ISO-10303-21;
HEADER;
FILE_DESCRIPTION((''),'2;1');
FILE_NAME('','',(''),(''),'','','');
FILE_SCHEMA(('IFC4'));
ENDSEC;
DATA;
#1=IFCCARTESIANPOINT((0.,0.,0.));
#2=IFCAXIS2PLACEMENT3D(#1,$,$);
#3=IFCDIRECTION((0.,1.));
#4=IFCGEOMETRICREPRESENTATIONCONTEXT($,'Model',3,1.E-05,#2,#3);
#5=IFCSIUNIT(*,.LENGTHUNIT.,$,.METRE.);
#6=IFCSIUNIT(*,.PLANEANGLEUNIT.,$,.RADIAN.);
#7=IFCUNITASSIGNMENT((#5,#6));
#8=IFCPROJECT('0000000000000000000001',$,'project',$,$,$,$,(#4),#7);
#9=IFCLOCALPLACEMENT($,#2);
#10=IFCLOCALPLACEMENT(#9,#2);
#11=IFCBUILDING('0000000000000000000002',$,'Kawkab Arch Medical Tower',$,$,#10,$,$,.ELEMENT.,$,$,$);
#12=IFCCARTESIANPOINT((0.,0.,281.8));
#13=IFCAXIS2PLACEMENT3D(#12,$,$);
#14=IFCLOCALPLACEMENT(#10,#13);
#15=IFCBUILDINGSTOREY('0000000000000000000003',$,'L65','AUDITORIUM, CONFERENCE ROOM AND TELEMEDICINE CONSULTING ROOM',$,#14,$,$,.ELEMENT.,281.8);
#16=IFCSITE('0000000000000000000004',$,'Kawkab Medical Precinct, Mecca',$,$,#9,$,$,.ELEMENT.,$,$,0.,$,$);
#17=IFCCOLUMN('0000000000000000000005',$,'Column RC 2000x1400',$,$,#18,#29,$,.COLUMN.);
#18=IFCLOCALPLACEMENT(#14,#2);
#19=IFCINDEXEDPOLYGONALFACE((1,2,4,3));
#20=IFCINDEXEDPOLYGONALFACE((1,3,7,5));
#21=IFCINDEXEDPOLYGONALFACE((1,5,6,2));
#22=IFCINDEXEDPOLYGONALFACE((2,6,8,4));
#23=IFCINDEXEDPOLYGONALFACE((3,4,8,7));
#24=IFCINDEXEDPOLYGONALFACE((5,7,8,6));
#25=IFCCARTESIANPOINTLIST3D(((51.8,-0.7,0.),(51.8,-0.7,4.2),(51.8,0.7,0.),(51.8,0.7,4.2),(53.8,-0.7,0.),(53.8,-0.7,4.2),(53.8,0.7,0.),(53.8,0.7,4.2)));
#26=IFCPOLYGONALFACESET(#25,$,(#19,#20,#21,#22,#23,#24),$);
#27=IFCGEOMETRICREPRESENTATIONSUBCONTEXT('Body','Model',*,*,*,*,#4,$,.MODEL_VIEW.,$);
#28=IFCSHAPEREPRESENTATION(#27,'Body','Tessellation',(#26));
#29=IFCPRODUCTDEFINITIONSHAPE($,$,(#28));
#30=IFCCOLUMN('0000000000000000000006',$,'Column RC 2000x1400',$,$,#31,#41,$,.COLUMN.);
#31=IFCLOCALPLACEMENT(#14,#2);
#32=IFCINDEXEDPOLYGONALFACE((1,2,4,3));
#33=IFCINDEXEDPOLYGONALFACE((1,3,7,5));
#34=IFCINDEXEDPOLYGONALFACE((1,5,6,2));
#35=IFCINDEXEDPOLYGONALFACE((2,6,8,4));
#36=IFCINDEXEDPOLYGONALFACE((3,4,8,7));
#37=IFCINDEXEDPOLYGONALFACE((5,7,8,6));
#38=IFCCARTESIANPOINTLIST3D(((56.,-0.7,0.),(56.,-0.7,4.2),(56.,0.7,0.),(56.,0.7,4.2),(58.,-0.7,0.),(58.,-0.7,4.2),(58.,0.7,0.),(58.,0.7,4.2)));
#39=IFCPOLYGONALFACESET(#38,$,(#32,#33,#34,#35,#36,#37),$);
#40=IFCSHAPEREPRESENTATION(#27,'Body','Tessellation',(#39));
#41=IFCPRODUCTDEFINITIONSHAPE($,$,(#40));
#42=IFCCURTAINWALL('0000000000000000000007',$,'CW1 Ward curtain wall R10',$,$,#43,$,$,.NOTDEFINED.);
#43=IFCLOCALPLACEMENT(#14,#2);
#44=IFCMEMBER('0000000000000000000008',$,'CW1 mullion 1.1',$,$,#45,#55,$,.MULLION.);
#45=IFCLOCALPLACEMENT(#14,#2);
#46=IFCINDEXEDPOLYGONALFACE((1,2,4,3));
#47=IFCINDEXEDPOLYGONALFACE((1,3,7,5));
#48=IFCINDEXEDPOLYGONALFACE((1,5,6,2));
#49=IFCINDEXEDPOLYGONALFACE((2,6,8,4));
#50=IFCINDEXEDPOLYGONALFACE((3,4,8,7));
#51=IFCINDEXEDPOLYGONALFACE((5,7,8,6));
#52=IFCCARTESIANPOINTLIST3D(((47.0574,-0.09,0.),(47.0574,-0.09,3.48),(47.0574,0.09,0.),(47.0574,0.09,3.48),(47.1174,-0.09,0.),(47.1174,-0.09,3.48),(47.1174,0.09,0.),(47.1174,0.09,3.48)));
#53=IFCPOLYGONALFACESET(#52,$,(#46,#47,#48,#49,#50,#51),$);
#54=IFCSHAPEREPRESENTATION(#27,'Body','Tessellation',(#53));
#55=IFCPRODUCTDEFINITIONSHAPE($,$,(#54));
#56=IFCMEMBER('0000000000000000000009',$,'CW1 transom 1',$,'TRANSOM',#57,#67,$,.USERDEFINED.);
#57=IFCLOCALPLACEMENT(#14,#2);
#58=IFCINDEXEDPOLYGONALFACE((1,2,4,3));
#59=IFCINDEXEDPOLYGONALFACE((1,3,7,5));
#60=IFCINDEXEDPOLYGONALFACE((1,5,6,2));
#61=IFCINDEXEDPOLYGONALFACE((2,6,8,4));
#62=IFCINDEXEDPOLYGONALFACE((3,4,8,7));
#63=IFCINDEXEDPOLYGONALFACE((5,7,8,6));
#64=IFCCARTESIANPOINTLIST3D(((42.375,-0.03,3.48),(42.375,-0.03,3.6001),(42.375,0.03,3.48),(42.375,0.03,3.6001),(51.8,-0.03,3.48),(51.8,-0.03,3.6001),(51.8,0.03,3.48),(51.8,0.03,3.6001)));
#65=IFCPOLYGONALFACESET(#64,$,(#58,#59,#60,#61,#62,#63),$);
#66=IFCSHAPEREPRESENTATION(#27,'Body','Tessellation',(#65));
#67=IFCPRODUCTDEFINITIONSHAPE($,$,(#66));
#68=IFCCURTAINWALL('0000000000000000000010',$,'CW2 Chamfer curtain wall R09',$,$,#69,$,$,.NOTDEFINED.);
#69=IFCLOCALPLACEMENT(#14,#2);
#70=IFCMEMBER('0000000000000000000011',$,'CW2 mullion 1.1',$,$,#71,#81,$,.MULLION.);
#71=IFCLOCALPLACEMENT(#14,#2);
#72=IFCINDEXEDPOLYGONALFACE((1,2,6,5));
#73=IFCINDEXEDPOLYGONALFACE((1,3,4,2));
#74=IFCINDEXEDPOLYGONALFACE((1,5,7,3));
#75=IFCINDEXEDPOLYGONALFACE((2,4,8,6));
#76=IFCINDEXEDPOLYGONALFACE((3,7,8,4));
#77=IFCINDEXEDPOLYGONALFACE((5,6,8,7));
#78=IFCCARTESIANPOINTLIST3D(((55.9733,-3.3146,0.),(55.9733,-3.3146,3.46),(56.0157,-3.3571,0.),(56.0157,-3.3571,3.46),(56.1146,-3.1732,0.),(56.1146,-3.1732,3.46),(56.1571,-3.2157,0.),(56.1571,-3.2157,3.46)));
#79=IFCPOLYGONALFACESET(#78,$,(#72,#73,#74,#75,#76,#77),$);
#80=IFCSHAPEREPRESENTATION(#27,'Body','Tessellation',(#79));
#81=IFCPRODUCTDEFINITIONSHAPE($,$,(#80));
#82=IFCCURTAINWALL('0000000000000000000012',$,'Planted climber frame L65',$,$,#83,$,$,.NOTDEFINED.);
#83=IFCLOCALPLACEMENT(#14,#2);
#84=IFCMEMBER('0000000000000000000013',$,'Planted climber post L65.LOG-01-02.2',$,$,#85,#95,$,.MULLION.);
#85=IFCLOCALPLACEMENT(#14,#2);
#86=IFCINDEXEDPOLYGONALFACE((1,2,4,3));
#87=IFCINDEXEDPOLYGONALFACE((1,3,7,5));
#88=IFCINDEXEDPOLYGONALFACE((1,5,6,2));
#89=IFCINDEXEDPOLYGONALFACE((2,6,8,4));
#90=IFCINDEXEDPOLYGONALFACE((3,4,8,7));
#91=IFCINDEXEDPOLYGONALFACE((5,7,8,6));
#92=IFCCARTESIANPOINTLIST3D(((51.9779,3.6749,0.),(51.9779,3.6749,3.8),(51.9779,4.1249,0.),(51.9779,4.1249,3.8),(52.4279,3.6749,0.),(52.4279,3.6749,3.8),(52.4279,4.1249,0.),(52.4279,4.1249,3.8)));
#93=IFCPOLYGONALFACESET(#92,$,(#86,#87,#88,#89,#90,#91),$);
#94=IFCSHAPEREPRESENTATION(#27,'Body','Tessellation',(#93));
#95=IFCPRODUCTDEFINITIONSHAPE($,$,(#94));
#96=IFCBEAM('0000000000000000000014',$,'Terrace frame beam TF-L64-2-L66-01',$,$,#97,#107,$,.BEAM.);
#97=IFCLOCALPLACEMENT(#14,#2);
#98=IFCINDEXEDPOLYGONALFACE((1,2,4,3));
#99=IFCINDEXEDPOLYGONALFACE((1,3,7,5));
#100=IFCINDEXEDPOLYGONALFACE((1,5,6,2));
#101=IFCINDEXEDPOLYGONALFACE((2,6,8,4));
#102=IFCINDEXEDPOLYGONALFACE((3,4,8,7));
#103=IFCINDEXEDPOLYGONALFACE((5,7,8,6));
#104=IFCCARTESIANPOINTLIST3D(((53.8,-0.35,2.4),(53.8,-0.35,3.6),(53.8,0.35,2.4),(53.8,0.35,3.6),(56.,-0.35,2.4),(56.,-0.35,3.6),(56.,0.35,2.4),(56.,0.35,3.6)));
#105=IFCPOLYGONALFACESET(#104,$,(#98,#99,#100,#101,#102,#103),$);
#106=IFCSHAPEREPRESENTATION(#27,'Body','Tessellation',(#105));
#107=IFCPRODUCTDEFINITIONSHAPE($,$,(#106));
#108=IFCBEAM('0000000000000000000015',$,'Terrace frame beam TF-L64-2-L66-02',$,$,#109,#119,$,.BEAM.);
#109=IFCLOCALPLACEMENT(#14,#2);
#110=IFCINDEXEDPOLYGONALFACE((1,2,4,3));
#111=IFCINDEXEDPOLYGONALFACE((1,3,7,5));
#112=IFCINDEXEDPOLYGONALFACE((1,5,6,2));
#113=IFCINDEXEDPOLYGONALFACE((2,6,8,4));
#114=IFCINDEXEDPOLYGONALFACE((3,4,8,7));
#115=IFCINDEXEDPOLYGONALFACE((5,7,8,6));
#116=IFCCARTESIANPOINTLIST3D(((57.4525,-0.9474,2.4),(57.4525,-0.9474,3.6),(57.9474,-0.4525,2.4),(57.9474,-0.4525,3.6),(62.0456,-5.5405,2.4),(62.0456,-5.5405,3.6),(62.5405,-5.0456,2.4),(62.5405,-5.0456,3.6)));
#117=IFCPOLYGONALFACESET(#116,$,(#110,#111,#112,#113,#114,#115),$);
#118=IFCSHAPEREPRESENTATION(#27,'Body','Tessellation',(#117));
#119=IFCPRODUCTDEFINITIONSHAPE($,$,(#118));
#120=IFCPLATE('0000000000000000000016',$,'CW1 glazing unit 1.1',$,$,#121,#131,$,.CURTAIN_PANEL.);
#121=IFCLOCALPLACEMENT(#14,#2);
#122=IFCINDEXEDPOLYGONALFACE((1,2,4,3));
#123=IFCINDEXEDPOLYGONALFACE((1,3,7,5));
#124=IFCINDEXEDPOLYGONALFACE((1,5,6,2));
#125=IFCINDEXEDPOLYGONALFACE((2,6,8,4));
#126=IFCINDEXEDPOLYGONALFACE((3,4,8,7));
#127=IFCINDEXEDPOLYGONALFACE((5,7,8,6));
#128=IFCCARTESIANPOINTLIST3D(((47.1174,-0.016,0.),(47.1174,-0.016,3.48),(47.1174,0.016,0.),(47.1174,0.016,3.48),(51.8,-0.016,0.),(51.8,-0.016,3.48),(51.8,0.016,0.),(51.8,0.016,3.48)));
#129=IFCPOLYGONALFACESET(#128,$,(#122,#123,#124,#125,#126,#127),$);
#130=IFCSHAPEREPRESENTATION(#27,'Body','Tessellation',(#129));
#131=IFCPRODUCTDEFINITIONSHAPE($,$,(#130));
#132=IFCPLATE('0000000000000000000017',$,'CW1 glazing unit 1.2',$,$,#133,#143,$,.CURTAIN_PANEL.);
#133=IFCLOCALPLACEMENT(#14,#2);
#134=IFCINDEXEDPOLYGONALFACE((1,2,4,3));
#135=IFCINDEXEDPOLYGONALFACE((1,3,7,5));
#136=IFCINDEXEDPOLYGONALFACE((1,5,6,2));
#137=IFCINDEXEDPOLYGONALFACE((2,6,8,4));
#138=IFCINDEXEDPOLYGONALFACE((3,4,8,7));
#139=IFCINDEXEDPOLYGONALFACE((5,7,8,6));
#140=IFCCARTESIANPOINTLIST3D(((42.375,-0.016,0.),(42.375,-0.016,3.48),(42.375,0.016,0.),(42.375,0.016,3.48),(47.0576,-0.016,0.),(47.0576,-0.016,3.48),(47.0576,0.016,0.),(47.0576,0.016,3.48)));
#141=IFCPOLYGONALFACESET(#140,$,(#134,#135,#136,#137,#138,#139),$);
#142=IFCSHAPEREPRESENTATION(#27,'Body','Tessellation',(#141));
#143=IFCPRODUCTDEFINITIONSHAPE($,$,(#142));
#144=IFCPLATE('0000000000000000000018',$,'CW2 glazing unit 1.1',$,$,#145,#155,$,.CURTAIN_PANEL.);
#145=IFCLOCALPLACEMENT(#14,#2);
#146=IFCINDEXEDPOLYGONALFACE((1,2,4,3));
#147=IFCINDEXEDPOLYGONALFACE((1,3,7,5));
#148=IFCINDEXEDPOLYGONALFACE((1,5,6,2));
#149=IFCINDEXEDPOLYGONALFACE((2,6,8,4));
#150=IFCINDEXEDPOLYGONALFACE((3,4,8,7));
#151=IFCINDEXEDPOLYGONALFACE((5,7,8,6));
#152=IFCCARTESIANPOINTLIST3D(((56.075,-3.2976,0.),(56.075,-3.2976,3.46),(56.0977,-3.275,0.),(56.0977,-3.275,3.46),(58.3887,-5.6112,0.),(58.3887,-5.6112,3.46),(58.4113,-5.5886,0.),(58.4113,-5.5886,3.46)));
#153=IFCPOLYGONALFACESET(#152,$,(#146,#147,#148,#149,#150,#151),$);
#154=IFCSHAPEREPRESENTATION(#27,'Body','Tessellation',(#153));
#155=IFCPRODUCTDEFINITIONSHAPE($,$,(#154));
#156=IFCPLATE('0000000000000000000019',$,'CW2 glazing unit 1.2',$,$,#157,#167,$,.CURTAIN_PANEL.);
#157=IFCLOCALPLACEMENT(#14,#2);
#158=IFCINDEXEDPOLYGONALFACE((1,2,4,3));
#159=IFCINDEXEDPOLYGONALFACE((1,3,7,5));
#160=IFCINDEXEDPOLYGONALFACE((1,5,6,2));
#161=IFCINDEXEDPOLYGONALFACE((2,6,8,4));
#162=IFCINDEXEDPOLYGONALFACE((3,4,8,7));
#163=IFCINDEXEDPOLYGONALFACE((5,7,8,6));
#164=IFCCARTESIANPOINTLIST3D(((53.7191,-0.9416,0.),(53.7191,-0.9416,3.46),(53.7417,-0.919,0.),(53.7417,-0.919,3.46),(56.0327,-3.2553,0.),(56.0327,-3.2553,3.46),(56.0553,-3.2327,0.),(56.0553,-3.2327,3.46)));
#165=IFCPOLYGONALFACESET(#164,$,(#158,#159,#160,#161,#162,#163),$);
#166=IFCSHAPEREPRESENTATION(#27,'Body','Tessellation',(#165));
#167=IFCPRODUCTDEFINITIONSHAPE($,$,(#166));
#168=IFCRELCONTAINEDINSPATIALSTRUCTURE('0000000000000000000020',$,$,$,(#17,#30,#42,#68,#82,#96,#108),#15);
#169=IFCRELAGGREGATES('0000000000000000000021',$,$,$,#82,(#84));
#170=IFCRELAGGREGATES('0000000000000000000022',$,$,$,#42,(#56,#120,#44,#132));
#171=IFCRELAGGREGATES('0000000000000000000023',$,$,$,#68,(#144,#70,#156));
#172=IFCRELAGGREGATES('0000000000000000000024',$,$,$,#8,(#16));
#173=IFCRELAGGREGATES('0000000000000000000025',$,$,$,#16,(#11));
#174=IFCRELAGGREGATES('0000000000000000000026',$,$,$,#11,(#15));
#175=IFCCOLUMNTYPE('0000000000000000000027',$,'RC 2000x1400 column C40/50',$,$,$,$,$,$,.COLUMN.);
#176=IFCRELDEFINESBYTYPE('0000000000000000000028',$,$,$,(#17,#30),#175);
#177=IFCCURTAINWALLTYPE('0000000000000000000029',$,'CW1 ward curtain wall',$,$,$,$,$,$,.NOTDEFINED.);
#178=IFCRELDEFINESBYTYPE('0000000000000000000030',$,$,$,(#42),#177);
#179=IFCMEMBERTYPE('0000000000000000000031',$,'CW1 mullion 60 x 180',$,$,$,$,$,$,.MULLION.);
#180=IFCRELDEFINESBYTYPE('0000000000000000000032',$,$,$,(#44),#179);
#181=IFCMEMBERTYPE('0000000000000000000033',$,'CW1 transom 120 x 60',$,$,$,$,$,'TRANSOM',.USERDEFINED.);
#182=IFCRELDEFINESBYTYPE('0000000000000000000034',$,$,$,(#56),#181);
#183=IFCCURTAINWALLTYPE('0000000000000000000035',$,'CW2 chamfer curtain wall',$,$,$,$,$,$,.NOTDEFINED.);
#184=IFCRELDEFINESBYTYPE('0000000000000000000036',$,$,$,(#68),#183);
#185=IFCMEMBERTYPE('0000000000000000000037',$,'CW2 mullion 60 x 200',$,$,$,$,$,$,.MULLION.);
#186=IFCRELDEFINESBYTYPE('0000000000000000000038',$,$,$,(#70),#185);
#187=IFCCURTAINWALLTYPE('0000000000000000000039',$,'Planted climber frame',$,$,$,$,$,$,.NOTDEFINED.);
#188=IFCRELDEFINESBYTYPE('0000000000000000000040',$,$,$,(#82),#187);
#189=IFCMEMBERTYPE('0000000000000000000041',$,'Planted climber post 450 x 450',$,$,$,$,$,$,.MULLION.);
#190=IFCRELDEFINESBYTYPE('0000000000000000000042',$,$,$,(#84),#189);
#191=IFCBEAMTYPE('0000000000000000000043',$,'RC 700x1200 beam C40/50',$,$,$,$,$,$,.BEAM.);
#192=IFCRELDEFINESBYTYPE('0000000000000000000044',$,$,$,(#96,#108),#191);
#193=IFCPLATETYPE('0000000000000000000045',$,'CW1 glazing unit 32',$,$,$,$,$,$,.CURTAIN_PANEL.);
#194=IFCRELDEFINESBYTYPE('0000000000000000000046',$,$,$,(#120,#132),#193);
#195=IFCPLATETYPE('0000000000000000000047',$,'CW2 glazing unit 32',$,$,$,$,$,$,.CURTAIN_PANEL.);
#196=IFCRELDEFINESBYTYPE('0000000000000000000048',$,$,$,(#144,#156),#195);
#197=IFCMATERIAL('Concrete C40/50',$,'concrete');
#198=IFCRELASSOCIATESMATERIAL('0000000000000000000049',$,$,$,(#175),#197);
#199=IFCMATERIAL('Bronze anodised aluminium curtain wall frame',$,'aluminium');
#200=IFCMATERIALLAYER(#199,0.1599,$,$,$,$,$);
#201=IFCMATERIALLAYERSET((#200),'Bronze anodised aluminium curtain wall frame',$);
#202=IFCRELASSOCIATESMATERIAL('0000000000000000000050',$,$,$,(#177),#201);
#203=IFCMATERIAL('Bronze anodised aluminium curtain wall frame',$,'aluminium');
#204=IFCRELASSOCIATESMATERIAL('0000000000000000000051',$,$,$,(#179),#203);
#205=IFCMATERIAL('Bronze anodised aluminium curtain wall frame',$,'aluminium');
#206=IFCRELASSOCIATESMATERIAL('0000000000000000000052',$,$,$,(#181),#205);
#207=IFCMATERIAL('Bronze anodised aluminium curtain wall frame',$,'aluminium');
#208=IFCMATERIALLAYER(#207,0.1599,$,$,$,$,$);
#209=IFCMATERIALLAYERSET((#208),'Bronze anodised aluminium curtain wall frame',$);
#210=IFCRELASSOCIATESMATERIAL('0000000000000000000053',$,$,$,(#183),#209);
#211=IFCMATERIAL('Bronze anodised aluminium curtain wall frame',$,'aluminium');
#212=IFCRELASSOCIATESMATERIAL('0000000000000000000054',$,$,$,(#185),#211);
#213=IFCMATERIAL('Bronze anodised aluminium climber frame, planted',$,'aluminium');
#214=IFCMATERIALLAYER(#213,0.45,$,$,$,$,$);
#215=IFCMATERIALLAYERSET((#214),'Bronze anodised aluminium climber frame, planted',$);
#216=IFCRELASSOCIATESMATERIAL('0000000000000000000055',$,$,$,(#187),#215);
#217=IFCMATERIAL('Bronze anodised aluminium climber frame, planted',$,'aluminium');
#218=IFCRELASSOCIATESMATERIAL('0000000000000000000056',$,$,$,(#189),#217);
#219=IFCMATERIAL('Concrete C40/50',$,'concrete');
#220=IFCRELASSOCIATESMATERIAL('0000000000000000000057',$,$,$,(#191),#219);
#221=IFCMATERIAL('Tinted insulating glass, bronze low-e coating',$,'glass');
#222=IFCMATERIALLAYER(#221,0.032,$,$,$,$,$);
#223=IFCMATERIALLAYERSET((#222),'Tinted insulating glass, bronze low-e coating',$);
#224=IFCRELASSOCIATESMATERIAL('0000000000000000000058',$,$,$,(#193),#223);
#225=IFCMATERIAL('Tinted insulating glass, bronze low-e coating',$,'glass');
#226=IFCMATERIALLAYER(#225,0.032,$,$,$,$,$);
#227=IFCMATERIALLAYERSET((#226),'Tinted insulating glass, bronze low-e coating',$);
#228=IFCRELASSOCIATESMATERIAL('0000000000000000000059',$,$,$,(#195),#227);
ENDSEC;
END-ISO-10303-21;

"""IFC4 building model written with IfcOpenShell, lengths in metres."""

from ifc_helpers import new_model, si_unit, direction, frame, origin, origin_2d, place, context, subcontext, project, spatial, rectangle, extrude, material, layer, layer_set, material_profile, profile_set, type_object, element, aggregate, save


model = new_model("IFC4")

# Units and contexts
model_context = context("Model", 3, precision=1e-05, world=origin(), true_north=direction((0.0, 1.0)))
body_context = subcontext(model_context, "Body", "Model", "MODEL_VIEW")
ifc_project = project(units=[si_unit("LENGTHUNIT", "METRE"), si_unit("PLANEANGLEUNIT", "RADIAN")], contexts=[model_context])

# Site, building, storey
site_placement = place(None, origin())
site = spatial("IfcSite", under=ifc_project, at=site_placement, Name="Kawkab Medical Precinct, Mecca", CompositionType="ELEMENT", RefElevation=0.0)
building_placement = place(site_placement, origin())
building = spatial("IfcBuilding", under=site, at=building_placement, Name="Kawkab Arch Medical Tower", CompositionType="ELEMENT")
storey_placement = place(building_placement, frame((0.0, 0.0, 281.8)))
storey = spatial("IfcBuildingStorey", under=building, at=storey_placement, Name="L65", Description="AUDITORIUM, CONFERENCE ROOM AND TELEMEDICINE CONSULTING ROOM", CompositionType="ELEMENT", Elevation=281.8)

# Columns
ifc_material_1 = material(Name="Concrete C40/50", Category="concrete")
ifc_material_profile_1 = material_profile(ifc_material_1, rectangle(XDim=2.0, YDim=1.3999, at=origin_2d()), Name="RC 2000x1400")
ifc_profile_set_1 = profile_set([ifc_material_profile_1], Name="Concrete C40/50")
column_type = type_object("IfcColumnType", Name="RC 2000x1400 column C40/50", PredefinedType="COLUMN", material=ifc_profile_set_1)
for number, where, z_axis, x_axis, name in (
    (1, (52.8, 0.0, 0.0), (0.0, 0.0, 1.0), (1.0, 0.0, 0.0), "Column RC 2000x1400"),
    (2, (57.0, 0.0, 0.0), (0.0, 0.0, 1.0), (1.0, 0.0, 0.0), "Column RC 2000x1400"),
):
    element("IfcColumn", number, at=place(storey_placement, frame(where, z_axis=z_axis, x_axis=x_axis)), inside=storey, type_object=column_type, Name=name, PredefinedType="COLUMN", context=body_context, shape_type="SweptSolid", body=[
        extrude(rectangle(XDim=2.0, YDim=1.3999, at=origin_2d()), origin(), (0.0, 0.0, 1.0), 4.2),
    ])

# Curtain wall, members
ifc_material_2 = material(Name="Bronze anodised aluminium curtain wall frame", Category="aluminium")
ifc_layer_1 = layer(ifc_material_2, 0.1599)
ifc_layer_set_1 = layer_set([ifc_layer_1], Name="Bronze anodised aluminium curtain wall frame")
curtain_wall_type_1 = type_object("IfcCurtainWallType", Name="CW1 ward curtain wall", PredefinedType="NOTDEFINED", material=ifc_layer_set_1)
placement = place(storey_placement, origin())
curtain_wall_1 = element("IfcCurtainWall", 3, at=placement, inside=storey, type_object=curtain_wall_type_1, Name="CW1 Ward curtain wall R10", PredefinedType="NOTDEFINED")
ifc_material_3 = material(Name="Bronze anodised aluminium curtain wall frame", Category="aluminium")
ifc_material_profile_2 = material_profile(ifc_material_3, rectangle(XDim=0.1799, YDim=0.0601, at=origin_2d()), Name="AL 60x180")
ifc_profile_set_2 = profile_set([ifc_material_profile_2], Name="Bronze anodised aluminium curtain wall frame")
member_type_1 = type_object("IfcMemberType", Name="CW1 mullion 60 x 180", PredefinedType="MULLION", material=ifc_profile_set_2)
member_1_placement = place(storey_placement, frame((47.0874, 0.0, 0.0), z_axis=(0.0, 0.0, 1.0), x_axis=(0.0, -1.0, 0.0)))
member_1 = element("IfcMember", 4, at=member_1_placement, type_object=member_type_1, Name="CW1 mullion 1.1", PredefinedType="MULLION", context=body_context, shape_type="SweptSolid", body=[
    extrude(rectangle(XDim=0.1799, YDim=0.0601, at=origin_2d()), origin(), (0.0, 0.0, 1.0), 3.48),
])
ifc_material_4 = material(Name="Bronze anodised aluminium curtain wall frame", Category="aluminium")
ifc_material_profile_3 = material_profile(ifc_material_4, rectangle(XDim=0.0601, YDim=0.1201, at=origin_2d()), Name="AL 60x120")
ifc_profile_set_3 = profile_set([ifc_material_profile_3], Name="Bronze anodised aluminium curtain wall frame")
member_type_2 = type_object("IfcMemberType", Name="CW1 transom 120 x 60", ElementType="TRANSOM", PredefinedType="USERDEFINED", material=ifc_profile_set_3)
member_2_placement = place(storey_placement, frame((51.8, 0.0, 3.54), z_axis=(-1.0, 0.0, 0.0), x_axis=(0.0, -1.0, 0.0)))
member_2 = element("IfcMember", 5, at=member_2_placement, type_object=member_type_2, Name="CW1 transom 1", ObjectType="TRANSOM", PredefinedType="USERDEFINED", context=body_context, shape_type="SweptSolid", body=[
    extrude(rectangle(XDim=0.0601, YDim=0.1201, at=origin_2d()), origin(), (0.0, 0.0, 1.0), 9.425),
])

# Curtain walls, members
ifc_material_5 = material(Name="Bronze anodised aluminium curtain wall frame", Category="aluminium")
ifc_layer_2 = layer(ifc_material_5, 0.1599)
ifc_layer_set_2 = layer_set([ifc_layer_2], Name="Bronze anodised aluminium curtain wall frame")
curtain_wall_type_2 = type_object("IfcCurtainWallType", Name="CW2 chamfer curtain wall", PredefinedType="NOTDEFINED", material=ifc_layer_set_2)
curtain_wall_2 = element("IfcCurtainWall", 6, at=placement, inside=storey, type_object=curtain_wall_type_2, Name="CW2 Chamfer curtain wall R09", PredefinedType="NOTDEFINED")
ifc_material_6 = material(Name="Bronze anodised aluminium curtain wall frame", Category="aluminium")
ifc_material_profile_4 = material_profile(ifc_material_6, rectangle(XDim=0.2, YDim=0.0601, at=origin_2d()), Name="AL 60x200")
ifc_profile_set_4 = profile_set([ifc_material_profile_4], Name="Bronze anodised aluminium curtain wall frame")
member_type_3 = type_object("IfcMemberType", Name="CW2 mullion 60 x 200", PredefinedType="MULLION", material=ifc_profile_set_4)
member_3_placement = place(storey_placement, frame((56.0652, -3.2651, 0.0), z_axis=(0.0, 0.0, 1.0), x_axis=(-0.707107, -0.707107, 0.0)))
member_3 = element("IfcMember", 7, at=member_3_placement, type_object=member_type_3, Name="CW2 mullion 1.1", PredefinedType="MULLION", context=body_context, shape_type="SweptSolid", body=[
    extrude(rectangle(XDim=0.2, YDim=0.0601, at=origin_2d()), origin(), (0.0, 0.0, 1.0), 3.46),
])
ifc_material_7 = material(Name="Bronze anodised aluminium climber frame, planted", Category="aluminium")
ifc_layer_3 = layer(ifc_material_7, 0.45)
ifc_layer_set_3 = layer_set([ifc_layer_3], Name="Bronze anodised aluminium climber frame, planted")
curtain_wall_type_3 = type_object("IfcCurtainWallType", Name="Planted climber frame", PredefinedType="NOTDEFINED", material=ifc_layer_set_3)
curtain_wall_3 = element("IfcCurtainWall", 8, at=placement, inside=storey, type_object=curtain_wall_type_3, Name="Planted climber frame L65", PredefinedType="NOTDEFINED")
ifc_material_8 = material(Name="Bronze anodised aluminium climber frame, planted", Category="aluminium")
ifc_material_profile_5 = material_profile(ifc_material_8, rectangle(XDim=0.45, YDim=0.45, at=origin_2d()), Name="Post 450x450")
ifc_profile_set_5 = profile_set([ifc_material_profile_5], Name="Bronze anodised aluminium climber frame, planted")
member_type_4 = type_object("IfcMemberType", Name="Planted climber post 450 x 450", PredefinedType="MULLION", material=ifc_profile_set_5)
member_4_placement = place(storey_placement, frame((52.2029, 3.8999, 0.0), z_axis=(0.0, 0.0, 1.0), x_axis=(1.0, 0.0, 0.0)))
member_4 = element("IfcMember", 9, at=member_4_placement, type_object=member_type_4, Name="Planted climber post L65.LOG-01-02.2", PredefinedType="MULLION", context=body_context, shape_type="SweptSolid", body=[
    extrude(rectangle(XDim=0.45, YDim=0.45, at=origin_2d()), origin(), (0.0, 0.0, 1.0), 3.8),
])
aggregate(curtain_wall_3, [member_4])

# Beams
ifc_material_9 = material(Name="Concrete C40/50", Category="concrete")
ifc_material_profile_6 = material_profile(ifc_material_9, rectangle(XDim=0.7, YDim=1.2, at=origin_2d()), Name="RC 700x1200")
ifc_profile_set_6 = profile_set([ifc_material_profile_6], Name="Concrete C40/50")
beam_type = type_object("IfcBeamType", Name="RC 700x1200 beam C40/50", PredefinedType="BEAM", material=ifc_profile_set_6)
beam_1_placement = place(storey_placement, frame((53.8, 0.0, 3.0), z_axis=(1.0, 0.0, 0.0), x_axis=(0.0, 1.0, 0.0)))
element("IfcBeam", 10, at=beam_1_placement, inside=storey, type_object=beam_type, Name="Terrace frame beam TF-L64-2-L66-01", PredefinedType="BEAM", context=body_context, shape_type="SweptSolid", body=[
    extrude(rectangle(XDim=0.7, YDim=1.2, at=origin_2d()), origin(), (0.0, 0.0, 1.0), 2.2),
])
beam_2_placement = place(storey_placement, frame((57.7, -0.7, 3.0), z_axis=(0.707107, -0.707107, 0.0), x_axis=(0.707107, 0.707107, 0.0)))
element("IfcBeam", 11, at=beam_2_placement, inside=storey, type_object=beam_type, Name="Terrace frame beam TF-L64-2-L66-02", PredefinedType="BEAM", context=body_context, shape_type="SweptSolid", body=[
    extrude(rectangle(XDim=0.7, YDim=1.2, at=origin_2d()), origin(), (0.0, 0.0, 1.0), 6.4956),
])

# Plates
ifc_material_10 = material(Name="Tinted insulating glass, bronze low-e coating", Category="glass")
ifc_layer_4 = layer(ifc_material_10, 0.032)
ifc_layer_set_4 = layer_set([ifc_layer_4], Name="Tinted insulating glass, bronze low-e coating")
plate_type_1 = type_object("IfcPlateType", Name="CW1 glazing unit 32", PredefinedType="CURTAIN_PANEL", material=ifc_layer_set_4)
plate_1_placement = place(storey_placement, frame((49.4587, 0.0, 0.0), z_axis=(0.0, 0.0, 1.0), x_axis=(-1.0, 0.0, 0.0)))
plate_1 = element("IfcPlate", 12, at=plate_1_placement, type_object=plate_type_1, Name="CW1 glazing unit 1.1", PredefinedType="CURTAIN_PANEL", context=body_context, shape_type="SweptSolid", body=[
    extrude(rectangle(XDim=4.6826, YDim=0.032, at=origin_2d()), origin(), (0.0, 0.0, 1.0), 3.48),
])
plate_2_placement = place(storey_placement, frame((44.7163, 0.0, 0.0), z_axis=(0.0, 0.0, 1.0), x_axis=(-1.0, 0.0, 0.0)))
plate_2 = element("IfcPlate", 13, at=plate_2_placement, type_object=plate_type_1, Name="CW1 glazing unit 1.2", PredefinedType="CURTAIN_PANEL", context=body_context, shape_type="SweptSolid", body=[
    extrude(rectangle(XDim=4.6826, YDim=0.032, at=origin_2d()), origin(), (0.0, 0.0, 1.0), 3.48),
])
aggregate(curtain_wall_1, [member_2, plate_1, member_1, plate_2])
ifc_material_11 = material(Name="Tinted insulating glass, bronze low-e coating", Category="glass")
ifc_layer_5 = layer(ifc_material_11, 0.032)
ifc_layer_set_5 = layer_set([ifc_layer_5], Name="Tinted insulating glass, bronze low-e coating")
plate_type_2 = type_object("IfcPlateType", Name="CW2 glazing unit 32", PredefinedType="CURTAIN_PANEL", material=ifc_layer_set_5)
plate_3_placement = place(storey_placement, frame((57.2432, -4.4431, 0.0), z_axis=(0.0, 0.0, 1.0), x_axis=(-0.707107, 0.707107, 0.0)))
plate_3 = element("IfcPlate", 14, at=plate_3_placement, type_object=plate_type_2, Name="CW2 glazing unit 1.1", PredefinedType="CURTAIN_PANEL", context=body_context, shape_type="SweptSolid", body=[
    extrude(rectangle(XDim=3.272, YDim=0.032, at=origin_2d()), origin(), (0.0, 0.0, 1.0), 3.46),
])
plate_4_placement = place(storey_placement, frame((54.8872, -2.0872, 0.0), z_axis=(0.0, 0.0, 1.0), x_axis=(-0.707107, 0.707107, 0.0)))
plate_4 = element("IfcPlate", 15, at=plate_4_placement, type_object=plate_type_2, Name="CW2 glazing unit 1.2", PredefinedType="CURTAIN_PANEL", context=body_context, shape_type="SweptSolid", body=[
    extrude(rectangle(XDim=3.272, YDim=0.032, at=origin_2d()), origin(), (0.0, 0.0, 1.0), 3.46),
])
aggregate(curtain_wall_2, [plate_3, member_3, plate_4])

save(model, "model.ifc")
